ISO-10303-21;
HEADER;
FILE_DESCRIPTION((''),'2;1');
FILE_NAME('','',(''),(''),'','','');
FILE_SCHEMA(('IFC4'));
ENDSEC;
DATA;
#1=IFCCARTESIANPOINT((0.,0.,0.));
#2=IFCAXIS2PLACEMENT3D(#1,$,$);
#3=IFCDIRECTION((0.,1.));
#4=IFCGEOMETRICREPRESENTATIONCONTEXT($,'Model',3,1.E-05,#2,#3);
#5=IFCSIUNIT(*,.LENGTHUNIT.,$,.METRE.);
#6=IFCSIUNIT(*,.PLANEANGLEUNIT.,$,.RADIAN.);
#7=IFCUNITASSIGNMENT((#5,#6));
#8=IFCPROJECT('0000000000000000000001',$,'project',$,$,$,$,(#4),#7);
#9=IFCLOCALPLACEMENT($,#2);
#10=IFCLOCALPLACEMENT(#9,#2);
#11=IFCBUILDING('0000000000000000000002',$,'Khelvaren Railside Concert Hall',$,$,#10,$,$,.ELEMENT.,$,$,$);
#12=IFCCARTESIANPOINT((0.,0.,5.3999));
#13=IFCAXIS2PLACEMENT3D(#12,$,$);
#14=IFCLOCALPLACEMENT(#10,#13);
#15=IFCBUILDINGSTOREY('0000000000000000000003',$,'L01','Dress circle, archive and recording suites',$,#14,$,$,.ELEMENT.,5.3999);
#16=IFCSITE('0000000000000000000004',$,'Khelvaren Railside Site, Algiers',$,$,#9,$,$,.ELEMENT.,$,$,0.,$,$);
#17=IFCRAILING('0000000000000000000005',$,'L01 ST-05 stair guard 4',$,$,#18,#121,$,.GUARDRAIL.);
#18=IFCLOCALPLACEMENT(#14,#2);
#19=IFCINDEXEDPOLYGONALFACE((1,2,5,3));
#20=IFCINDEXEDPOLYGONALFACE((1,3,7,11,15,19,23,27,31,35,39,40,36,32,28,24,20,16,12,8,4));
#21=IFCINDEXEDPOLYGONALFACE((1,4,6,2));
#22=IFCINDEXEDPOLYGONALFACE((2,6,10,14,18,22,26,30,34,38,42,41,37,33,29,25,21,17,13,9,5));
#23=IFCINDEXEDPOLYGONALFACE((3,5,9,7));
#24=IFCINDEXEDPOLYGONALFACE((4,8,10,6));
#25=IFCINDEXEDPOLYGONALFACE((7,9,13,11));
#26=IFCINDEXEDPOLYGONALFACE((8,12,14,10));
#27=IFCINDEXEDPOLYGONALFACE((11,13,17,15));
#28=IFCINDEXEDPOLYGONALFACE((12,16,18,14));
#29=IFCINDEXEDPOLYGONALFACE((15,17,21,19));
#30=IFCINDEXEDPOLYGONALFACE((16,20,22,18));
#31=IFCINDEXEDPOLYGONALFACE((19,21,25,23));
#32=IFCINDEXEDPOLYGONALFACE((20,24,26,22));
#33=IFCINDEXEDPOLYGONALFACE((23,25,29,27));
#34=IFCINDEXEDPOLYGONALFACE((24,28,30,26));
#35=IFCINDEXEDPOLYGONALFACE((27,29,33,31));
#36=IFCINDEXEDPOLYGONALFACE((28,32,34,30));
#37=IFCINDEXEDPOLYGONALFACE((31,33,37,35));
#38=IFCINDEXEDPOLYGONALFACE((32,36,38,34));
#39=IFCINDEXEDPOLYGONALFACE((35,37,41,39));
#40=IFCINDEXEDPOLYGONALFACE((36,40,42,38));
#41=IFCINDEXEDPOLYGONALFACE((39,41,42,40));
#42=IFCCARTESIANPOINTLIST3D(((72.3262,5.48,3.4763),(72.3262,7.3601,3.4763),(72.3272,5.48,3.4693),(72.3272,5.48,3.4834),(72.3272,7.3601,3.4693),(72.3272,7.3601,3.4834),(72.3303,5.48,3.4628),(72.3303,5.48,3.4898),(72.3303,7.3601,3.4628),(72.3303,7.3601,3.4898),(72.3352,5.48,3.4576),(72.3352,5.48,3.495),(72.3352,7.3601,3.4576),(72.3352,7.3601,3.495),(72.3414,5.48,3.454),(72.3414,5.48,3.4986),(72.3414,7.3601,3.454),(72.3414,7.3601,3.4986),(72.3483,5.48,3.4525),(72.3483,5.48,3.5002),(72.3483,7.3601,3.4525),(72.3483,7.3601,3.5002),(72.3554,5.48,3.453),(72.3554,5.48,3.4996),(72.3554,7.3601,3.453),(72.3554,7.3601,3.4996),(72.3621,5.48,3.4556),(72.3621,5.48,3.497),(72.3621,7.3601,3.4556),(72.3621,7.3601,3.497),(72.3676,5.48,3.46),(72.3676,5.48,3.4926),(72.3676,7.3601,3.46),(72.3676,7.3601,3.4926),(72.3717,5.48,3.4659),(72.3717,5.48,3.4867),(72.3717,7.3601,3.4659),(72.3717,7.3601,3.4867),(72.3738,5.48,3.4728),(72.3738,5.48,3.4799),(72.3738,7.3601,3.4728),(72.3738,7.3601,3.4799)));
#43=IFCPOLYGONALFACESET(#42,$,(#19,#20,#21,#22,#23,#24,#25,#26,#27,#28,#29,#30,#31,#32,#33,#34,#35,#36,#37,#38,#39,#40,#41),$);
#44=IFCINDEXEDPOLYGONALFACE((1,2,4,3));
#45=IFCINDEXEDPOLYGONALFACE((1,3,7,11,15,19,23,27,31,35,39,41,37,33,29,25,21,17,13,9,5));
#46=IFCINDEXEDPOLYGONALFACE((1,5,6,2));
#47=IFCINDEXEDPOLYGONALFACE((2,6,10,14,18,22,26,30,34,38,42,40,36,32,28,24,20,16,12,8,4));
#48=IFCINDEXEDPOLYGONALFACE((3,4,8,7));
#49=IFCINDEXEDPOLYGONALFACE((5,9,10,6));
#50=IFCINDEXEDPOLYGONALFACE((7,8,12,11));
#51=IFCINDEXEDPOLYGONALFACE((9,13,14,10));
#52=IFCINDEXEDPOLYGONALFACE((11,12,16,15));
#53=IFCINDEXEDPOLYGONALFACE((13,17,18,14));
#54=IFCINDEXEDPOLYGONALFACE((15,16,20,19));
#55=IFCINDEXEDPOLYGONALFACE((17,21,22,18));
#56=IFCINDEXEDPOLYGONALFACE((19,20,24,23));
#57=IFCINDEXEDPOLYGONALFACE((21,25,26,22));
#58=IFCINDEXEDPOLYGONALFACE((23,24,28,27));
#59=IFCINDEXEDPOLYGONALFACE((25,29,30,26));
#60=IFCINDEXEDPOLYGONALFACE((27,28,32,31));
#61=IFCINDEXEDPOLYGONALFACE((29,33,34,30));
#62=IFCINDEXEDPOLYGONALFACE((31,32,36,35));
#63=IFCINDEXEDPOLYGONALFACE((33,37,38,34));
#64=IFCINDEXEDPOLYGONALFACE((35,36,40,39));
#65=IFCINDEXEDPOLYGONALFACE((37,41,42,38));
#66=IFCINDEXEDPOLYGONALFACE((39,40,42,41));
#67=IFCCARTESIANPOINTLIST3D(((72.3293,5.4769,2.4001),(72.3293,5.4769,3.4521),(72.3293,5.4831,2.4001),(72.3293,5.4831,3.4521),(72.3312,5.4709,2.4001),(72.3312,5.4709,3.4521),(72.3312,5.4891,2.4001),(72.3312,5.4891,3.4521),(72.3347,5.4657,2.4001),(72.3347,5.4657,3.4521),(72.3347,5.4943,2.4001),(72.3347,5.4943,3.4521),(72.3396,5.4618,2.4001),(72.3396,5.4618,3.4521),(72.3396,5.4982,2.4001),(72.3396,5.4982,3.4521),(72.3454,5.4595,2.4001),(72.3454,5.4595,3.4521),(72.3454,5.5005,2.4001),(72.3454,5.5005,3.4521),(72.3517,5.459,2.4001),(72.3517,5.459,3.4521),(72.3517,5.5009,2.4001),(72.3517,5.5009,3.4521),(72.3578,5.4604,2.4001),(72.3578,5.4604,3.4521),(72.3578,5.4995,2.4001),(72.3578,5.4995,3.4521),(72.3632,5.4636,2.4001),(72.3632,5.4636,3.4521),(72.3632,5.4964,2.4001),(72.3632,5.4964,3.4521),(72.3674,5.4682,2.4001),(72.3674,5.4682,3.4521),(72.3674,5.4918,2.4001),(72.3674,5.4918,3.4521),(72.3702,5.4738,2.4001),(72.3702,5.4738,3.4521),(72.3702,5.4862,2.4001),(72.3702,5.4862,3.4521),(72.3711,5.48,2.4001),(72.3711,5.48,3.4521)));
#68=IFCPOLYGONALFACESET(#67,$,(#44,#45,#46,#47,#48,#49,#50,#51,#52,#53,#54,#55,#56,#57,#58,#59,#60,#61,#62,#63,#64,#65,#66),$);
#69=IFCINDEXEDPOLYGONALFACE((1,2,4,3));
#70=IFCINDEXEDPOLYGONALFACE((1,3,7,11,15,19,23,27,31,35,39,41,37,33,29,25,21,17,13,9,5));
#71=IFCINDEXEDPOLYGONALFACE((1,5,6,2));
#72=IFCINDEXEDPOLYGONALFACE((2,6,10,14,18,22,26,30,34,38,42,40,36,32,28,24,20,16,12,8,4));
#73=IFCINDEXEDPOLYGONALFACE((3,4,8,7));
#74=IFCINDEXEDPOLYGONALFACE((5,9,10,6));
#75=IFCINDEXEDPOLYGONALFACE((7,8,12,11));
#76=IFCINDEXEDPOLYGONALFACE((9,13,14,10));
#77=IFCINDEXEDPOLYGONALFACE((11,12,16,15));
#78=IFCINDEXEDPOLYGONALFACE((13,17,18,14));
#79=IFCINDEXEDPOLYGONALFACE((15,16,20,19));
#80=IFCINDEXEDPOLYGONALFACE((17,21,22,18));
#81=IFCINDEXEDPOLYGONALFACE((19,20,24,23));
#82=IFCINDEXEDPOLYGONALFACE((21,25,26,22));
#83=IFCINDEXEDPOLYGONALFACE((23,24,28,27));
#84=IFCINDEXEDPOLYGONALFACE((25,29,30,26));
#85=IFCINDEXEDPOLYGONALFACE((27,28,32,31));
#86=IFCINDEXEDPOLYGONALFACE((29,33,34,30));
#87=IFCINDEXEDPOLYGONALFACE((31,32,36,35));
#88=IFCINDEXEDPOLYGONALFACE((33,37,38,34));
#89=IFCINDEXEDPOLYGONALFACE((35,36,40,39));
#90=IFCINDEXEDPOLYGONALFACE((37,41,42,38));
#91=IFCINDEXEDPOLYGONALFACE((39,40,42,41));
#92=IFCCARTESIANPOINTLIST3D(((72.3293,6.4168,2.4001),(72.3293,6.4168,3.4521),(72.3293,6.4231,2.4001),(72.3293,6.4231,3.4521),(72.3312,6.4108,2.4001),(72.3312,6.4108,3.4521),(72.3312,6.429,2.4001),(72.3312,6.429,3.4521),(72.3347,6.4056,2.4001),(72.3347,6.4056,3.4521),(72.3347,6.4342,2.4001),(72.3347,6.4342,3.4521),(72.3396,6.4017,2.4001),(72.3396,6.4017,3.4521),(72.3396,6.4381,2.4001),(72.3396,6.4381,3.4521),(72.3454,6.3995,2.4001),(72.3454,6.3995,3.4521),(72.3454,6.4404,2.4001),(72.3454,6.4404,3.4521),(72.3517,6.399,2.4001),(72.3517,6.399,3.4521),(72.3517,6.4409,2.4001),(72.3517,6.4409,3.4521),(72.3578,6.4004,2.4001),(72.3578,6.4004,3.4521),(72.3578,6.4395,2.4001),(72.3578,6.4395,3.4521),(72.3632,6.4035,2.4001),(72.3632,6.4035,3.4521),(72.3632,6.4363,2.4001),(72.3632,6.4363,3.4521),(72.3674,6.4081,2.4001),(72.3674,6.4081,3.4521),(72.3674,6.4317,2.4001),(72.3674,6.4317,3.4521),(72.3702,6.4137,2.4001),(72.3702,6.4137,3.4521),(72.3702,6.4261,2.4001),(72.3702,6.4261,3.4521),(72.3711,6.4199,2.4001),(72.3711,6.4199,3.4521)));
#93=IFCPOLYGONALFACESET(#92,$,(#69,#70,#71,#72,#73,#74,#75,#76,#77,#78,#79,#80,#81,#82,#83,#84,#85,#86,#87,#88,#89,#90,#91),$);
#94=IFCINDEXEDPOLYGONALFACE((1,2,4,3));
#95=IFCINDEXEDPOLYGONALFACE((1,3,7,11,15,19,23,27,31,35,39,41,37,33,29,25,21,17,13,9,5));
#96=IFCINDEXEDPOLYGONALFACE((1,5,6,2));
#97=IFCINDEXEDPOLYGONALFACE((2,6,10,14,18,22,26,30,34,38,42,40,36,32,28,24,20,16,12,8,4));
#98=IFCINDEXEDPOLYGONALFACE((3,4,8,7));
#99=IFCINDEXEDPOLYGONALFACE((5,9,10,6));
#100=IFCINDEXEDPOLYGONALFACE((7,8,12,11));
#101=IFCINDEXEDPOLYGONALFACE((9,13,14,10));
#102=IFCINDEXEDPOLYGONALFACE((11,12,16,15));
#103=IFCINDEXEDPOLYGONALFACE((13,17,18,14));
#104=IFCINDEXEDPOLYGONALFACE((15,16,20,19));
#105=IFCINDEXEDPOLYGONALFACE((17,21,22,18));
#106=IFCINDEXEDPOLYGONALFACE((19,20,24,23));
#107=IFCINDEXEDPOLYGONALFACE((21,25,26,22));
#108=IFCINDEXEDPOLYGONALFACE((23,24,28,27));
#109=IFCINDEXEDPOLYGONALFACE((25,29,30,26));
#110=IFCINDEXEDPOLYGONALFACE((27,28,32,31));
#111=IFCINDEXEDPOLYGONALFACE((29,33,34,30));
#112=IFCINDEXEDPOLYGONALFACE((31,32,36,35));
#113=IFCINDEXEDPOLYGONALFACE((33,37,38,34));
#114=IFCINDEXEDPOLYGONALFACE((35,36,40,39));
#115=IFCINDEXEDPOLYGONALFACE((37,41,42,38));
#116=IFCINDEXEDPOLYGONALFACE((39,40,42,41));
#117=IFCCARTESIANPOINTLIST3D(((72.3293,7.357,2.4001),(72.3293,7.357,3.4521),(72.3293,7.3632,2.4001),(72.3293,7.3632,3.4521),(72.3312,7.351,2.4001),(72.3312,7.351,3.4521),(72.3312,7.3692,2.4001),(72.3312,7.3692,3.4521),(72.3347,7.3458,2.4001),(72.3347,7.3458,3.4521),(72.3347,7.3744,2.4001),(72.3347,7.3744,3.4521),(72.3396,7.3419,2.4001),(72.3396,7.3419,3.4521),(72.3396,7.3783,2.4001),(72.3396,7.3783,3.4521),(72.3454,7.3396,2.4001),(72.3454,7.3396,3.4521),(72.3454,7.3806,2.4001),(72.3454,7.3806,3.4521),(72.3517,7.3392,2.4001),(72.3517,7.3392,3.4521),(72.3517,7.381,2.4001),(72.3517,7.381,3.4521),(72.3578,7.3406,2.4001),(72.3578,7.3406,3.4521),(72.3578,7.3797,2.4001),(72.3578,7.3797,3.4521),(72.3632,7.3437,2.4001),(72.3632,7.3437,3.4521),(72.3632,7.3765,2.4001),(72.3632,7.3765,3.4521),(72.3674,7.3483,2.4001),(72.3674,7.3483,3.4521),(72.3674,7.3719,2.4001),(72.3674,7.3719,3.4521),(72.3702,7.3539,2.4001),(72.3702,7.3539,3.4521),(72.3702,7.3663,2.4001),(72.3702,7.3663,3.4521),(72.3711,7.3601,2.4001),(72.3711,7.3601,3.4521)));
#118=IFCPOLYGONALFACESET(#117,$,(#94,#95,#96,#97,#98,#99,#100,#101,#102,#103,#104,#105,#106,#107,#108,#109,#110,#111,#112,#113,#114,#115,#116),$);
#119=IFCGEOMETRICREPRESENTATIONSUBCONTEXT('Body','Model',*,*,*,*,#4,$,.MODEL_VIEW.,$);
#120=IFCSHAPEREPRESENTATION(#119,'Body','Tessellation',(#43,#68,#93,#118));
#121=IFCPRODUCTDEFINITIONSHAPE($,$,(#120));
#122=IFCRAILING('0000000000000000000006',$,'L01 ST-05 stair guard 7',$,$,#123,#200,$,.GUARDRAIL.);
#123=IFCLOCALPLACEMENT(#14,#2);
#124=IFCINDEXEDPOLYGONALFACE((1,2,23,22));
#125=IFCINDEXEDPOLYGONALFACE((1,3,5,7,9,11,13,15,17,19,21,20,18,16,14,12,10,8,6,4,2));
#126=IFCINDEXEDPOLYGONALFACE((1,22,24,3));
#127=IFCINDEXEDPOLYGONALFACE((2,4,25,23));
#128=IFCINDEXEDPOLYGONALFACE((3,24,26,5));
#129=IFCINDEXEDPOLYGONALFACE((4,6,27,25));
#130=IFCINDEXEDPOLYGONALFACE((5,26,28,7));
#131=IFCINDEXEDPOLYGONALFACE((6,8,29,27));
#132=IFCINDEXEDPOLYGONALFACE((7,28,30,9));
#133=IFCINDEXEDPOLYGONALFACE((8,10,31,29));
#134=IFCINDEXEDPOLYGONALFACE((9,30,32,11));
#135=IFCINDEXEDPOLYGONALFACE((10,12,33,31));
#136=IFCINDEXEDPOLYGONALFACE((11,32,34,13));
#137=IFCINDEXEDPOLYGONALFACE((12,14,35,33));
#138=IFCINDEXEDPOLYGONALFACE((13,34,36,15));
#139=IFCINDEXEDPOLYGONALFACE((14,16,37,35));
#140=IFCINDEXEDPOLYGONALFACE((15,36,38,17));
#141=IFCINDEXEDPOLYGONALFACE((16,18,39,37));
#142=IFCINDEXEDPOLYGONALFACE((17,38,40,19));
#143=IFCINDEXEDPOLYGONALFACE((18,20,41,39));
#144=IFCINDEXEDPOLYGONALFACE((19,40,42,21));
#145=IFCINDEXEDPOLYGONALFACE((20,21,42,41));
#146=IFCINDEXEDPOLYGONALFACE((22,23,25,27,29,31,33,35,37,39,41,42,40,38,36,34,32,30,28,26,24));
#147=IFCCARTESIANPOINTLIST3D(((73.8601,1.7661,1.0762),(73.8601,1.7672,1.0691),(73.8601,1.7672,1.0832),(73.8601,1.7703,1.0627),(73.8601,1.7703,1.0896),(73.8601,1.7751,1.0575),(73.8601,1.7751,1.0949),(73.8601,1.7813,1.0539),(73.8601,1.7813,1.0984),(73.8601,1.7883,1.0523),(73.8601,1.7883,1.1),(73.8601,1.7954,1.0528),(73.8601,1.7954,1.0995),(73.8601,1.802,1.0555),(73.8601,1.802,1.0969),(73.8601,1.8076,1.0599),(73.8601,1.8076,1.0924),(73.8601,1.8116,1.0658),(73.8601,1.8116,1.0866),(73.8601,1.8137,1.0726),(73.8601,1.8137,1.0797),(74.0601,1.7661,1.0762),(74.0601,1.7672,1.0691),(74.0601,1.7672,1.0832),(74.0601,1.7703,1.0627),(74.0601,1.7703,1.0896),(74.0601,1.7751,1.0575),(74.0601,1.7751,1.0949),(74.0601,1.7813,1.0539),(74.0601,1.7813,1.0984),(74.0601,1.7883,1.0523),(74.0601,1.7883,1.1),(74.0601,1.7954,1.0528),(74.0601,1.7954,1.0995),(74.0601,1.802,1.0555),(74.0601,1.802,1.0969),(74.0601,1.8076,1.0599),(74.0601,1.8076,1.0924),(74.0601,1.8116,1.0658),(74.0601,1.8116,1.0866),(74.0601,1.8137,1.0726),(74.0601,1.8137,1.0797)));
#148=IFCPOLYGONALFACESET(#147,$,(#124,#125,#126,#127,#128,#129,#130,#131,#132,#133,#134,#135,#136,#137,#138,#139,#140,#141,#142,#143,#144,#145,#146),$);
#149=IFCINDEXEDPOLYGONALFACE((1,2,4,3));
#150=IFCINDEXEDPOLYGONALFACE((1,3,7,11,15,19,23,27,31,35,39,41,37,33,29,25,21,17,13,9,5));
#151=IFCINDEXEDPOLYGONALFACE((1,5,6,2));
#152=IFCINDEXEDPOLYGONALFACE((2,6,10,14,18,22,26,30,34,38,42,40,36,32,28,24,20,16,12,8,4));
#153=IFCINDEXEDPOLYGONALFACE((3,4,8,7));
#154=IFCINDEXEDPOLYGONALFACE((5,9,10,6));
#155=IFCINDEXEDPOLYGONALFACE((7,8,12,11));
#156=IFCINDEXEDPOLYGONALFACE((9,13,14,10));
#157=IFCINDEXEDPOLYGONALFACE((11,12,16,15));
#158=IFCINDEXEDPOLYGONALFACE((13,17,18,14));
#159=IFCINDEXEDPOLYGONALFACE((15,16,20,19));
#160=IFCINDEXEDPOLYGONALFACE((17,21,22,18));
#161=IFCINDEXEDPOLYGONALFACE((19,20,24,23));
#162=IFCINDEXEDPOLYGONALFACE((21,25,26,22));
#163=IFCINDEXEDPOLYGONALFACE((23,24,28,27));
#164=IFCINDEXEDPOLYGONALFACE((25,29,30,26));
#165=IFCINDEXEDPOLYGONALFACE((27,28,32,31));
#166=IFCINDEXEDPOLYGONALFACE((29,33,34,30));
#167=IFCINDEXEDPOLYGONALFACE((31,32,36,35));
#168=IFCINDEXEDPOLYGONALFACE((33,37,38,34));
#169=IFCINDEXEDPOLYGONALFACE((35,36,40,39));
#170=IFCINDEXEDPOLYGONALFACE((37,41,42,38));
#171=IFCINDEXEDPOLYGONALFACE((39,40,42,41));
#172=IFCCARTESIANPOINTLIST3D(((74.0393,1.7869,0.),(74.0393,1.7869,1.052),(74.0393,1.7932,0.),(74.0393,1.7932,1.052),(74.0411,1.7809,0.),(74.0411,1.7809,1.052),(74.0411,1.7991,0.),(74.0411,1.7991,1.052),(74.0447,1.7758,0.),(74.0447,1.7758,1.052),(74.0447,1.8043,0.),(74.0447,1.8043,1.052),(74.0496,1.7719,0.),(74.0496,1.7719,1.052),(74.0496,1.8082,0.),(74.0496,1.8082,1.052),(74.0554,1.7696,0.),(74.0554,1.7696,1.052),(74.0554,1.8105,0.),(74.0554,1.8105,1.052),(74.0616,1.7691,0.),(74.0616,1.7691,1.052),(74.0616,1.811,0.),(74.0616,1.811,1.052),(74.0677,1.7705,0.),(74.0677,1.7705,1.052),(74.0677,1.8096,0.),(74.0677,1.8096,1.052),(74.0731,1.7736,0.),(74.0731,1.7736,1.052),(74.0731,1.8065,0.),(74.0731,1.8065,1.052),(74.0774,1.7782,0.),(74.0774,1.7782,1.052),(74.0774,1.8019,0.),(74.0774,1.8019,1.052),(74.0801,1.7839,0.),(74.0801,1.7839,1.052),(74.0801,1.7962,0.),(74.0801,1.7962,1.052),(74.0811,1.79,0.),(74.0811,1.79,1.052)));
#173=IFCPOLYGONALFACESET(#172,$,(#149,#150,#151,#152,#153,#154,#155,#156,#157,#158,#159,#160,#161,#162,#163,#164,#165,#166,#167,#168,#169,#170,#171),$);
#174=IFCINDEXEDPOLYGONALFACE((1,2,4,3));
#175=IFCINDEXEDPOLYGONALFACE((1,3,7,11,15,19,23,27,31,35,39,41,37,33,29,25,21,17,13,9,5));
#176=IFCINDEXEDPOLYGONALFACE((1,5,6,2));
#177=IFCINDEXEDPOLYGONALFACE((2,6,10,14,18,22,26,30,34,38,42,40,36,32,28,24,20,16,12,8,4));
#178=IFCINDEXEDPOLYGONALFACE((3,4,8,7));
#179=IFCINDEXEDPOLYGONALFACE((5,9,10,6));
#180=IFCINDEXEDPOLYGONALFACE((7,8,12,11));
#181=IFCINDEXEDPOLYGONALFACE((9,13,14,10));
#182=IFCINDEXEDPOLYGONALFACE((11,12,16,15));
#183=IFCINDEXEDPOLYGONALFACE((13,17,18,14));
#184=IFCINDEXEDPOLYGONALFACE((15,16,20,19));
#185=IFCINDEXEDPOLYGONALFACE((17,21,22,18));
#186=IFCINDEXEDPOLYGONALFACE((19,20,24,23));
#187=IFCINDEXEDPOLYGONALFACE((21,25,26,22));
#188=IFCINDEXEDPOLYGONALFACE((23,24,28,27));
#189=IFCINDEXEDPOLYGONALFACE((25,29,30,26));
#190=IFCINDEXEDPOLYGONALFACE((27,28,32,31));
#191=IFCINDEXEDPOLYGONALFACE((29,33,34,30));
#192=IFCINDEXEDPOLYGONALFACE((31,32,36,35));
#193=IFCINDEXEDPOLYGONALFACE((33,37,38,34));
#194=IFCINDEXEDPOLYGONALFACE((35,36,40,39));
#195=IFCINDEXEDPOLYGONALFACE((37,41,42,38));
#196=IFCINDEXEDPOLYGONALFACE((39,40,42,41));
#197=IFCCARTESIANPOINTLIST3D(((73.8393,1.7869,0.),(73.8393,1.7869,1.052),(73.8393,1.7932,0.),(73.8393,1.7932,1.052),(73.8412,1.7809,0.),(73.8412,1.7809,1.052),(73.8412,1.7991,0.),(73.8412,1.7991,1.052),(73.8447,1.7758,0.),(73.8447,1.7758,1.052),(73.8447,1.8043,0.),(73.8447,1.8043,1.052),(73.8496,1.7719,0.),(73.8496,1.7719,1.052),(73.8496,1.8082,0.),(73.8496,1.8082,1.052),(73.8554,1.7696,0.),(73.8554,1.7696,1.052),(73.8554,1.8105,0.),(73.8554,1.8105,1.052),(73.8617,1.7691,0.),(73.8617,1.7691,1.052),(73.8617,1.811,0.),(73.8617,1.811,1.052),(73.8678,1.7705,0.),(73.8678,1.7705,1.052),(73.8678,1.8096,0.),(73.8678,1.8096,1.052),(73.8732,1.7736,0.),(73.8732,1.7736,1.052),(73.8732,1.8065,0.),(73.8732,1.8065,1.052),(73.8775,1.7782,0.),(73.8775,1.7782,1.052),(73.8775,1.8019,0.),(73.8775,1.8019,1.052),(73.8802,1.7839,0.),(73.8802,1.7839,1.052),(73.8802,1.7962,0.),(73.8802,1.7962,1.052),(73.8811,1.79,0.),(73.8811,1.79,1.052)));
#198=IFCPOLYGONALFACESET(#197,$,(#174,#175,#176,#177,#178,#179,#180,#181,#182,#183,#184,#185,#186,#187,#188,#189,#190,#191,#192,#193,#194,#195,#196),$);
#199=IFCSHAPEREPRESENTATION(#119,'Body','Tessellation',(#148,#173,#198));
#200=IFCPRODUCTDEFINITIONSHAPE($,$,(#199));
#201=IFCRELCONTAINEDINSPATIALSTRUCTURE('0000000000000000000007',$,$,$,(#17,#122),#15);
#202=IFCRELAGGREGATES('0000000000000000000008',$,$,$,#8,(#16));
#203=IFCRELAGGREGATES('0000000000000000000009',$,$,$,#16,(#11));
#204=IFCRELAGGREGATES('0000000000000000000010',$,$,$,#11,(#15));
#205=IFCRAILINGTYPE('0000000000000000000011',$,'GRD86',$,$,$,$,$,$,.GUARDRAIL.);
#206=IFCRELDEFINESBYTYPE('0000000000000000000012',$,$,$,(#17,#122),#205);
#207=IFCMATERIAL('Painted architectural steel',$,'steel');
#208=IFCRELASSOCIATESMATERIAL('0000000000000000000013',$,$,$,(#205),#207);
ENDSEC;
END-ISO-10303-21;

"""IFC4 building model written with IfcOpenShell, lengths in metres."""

from ifc_helpers import new_model, si_unit, direction, frame, origin, origin_2d, place, context, subcontext, project, spatial, circle, extrude, material, type_object, element, save


model = new_model("IFC4")

# Units and contexts
model_context = context("Model", 3, precision=1e-05, world=origin(), true_north=direction((0.0, 1.0)))
body_context = subcontext(model_context, "Body", "Model", "MODEL_VIEW")
ifc_project = project(units=[si_unit("LENGTHUNIT", "METRE"), si_unit("PLANEANGLEUNIT", "RADIAN")], contexts=[model_context])

# Site, building, storey
site_placement = place(None, origin())
site = spatial("IfcSite", under=ifc_project, at=site_placement, Name="Khelvaren Railside Site, Algiers", CompositionType="ELEMENT", RefElevation=0.0)
building_placement = place(site_placement, origin())
building = spatial("IfcBuilding", under=site, at=building_placement, Name="Khelvaren Railside Concert Hall", CompositionType="ELEMENT")
storey_placement = place(building_placement, frame((0.0, 0.0, 5.3999)))
storey = spatial("IfcBuildingStorey", under=building, at=storey_placement, Name="L01", Description="Dress circle, archive and recording suites", CompositionType="ELEMENT", Elevation=5.3999)

# Railings
ifc_material_1 = material(Name="Painted architectural steel", Category="steel")
railing_type_1 = type_object("IfcRailingType", Name="GRD86", PredefinedType="GUARDRAIL", material=ifc_material_1)
railing_1_placement = place(storey_placement, frame((72.3501, 5.48, 2.4001)))
element("IfcRailing", 1, at=railing_1_placement, inside=storey, type_object=railing_type_1, Name="L01 ST-05 stair guard 4", PredefinedType="GUARDRAIL", context=body_context, shape_type="SweptSolid", body=[
    extrude(circle(Radius=0.0239, at=origin_2d()), frame((0.0, 0.0, 1.0762), z_axis=(0.0, 1.0, 0.0), x_axis=(-1.0, 0.0, 0.0)), (0.0, 0.0, 1.0), 1.8801),
    extrude(circle(Radius=0.021, at=origin_2d()), origin(), (0.0, 0.0, 1.0), 1.052),
    extrude(circle(Radius=0.021, at=origin_2d()), frame((0.0, 0.9399, 0.0)), (0.0, 0.0, 1.0), 1.052),
    extrude(circle(Radius=0.021, at=origin_2d()), frame((0.0, 1.8801, 0.0)), (0.0, 0.0, 1.0), 1.052),
])
railing_2_placement = place(storey_placement, frame((74.0601, 1.79, 0.0)))
element("IfcRailing", 2, at=railing_2_placement, inside=storey, type_object=railing_type_1, Name="L01 ST-05 stair guard 7", PredefinedType="GUARDRAIL", context=body_context, shape_type="SweptSolid", body=[
    extrude(circle(Radius=0.0239, at=origin_2d()), frame((0.0, 0.0, 1.0762), z_axis=(-1.0, 0.0, 0.0), x_axis=(0.0, -1.0, 0.0)), (0.0, 0.0, 1.0), 0.2),
    extrude(circle(Radius=0.021, at=origin_2d()), origin(), (0.0, 0.0, 1.0), 1.052),
    extrude(circle(Radius=0.021, at=origin_2d()), frame((-0.2, 0.0, 0.0)), (0.0, 0.0, 1.0), 1.052),
])

save(model, "model.ifc")
